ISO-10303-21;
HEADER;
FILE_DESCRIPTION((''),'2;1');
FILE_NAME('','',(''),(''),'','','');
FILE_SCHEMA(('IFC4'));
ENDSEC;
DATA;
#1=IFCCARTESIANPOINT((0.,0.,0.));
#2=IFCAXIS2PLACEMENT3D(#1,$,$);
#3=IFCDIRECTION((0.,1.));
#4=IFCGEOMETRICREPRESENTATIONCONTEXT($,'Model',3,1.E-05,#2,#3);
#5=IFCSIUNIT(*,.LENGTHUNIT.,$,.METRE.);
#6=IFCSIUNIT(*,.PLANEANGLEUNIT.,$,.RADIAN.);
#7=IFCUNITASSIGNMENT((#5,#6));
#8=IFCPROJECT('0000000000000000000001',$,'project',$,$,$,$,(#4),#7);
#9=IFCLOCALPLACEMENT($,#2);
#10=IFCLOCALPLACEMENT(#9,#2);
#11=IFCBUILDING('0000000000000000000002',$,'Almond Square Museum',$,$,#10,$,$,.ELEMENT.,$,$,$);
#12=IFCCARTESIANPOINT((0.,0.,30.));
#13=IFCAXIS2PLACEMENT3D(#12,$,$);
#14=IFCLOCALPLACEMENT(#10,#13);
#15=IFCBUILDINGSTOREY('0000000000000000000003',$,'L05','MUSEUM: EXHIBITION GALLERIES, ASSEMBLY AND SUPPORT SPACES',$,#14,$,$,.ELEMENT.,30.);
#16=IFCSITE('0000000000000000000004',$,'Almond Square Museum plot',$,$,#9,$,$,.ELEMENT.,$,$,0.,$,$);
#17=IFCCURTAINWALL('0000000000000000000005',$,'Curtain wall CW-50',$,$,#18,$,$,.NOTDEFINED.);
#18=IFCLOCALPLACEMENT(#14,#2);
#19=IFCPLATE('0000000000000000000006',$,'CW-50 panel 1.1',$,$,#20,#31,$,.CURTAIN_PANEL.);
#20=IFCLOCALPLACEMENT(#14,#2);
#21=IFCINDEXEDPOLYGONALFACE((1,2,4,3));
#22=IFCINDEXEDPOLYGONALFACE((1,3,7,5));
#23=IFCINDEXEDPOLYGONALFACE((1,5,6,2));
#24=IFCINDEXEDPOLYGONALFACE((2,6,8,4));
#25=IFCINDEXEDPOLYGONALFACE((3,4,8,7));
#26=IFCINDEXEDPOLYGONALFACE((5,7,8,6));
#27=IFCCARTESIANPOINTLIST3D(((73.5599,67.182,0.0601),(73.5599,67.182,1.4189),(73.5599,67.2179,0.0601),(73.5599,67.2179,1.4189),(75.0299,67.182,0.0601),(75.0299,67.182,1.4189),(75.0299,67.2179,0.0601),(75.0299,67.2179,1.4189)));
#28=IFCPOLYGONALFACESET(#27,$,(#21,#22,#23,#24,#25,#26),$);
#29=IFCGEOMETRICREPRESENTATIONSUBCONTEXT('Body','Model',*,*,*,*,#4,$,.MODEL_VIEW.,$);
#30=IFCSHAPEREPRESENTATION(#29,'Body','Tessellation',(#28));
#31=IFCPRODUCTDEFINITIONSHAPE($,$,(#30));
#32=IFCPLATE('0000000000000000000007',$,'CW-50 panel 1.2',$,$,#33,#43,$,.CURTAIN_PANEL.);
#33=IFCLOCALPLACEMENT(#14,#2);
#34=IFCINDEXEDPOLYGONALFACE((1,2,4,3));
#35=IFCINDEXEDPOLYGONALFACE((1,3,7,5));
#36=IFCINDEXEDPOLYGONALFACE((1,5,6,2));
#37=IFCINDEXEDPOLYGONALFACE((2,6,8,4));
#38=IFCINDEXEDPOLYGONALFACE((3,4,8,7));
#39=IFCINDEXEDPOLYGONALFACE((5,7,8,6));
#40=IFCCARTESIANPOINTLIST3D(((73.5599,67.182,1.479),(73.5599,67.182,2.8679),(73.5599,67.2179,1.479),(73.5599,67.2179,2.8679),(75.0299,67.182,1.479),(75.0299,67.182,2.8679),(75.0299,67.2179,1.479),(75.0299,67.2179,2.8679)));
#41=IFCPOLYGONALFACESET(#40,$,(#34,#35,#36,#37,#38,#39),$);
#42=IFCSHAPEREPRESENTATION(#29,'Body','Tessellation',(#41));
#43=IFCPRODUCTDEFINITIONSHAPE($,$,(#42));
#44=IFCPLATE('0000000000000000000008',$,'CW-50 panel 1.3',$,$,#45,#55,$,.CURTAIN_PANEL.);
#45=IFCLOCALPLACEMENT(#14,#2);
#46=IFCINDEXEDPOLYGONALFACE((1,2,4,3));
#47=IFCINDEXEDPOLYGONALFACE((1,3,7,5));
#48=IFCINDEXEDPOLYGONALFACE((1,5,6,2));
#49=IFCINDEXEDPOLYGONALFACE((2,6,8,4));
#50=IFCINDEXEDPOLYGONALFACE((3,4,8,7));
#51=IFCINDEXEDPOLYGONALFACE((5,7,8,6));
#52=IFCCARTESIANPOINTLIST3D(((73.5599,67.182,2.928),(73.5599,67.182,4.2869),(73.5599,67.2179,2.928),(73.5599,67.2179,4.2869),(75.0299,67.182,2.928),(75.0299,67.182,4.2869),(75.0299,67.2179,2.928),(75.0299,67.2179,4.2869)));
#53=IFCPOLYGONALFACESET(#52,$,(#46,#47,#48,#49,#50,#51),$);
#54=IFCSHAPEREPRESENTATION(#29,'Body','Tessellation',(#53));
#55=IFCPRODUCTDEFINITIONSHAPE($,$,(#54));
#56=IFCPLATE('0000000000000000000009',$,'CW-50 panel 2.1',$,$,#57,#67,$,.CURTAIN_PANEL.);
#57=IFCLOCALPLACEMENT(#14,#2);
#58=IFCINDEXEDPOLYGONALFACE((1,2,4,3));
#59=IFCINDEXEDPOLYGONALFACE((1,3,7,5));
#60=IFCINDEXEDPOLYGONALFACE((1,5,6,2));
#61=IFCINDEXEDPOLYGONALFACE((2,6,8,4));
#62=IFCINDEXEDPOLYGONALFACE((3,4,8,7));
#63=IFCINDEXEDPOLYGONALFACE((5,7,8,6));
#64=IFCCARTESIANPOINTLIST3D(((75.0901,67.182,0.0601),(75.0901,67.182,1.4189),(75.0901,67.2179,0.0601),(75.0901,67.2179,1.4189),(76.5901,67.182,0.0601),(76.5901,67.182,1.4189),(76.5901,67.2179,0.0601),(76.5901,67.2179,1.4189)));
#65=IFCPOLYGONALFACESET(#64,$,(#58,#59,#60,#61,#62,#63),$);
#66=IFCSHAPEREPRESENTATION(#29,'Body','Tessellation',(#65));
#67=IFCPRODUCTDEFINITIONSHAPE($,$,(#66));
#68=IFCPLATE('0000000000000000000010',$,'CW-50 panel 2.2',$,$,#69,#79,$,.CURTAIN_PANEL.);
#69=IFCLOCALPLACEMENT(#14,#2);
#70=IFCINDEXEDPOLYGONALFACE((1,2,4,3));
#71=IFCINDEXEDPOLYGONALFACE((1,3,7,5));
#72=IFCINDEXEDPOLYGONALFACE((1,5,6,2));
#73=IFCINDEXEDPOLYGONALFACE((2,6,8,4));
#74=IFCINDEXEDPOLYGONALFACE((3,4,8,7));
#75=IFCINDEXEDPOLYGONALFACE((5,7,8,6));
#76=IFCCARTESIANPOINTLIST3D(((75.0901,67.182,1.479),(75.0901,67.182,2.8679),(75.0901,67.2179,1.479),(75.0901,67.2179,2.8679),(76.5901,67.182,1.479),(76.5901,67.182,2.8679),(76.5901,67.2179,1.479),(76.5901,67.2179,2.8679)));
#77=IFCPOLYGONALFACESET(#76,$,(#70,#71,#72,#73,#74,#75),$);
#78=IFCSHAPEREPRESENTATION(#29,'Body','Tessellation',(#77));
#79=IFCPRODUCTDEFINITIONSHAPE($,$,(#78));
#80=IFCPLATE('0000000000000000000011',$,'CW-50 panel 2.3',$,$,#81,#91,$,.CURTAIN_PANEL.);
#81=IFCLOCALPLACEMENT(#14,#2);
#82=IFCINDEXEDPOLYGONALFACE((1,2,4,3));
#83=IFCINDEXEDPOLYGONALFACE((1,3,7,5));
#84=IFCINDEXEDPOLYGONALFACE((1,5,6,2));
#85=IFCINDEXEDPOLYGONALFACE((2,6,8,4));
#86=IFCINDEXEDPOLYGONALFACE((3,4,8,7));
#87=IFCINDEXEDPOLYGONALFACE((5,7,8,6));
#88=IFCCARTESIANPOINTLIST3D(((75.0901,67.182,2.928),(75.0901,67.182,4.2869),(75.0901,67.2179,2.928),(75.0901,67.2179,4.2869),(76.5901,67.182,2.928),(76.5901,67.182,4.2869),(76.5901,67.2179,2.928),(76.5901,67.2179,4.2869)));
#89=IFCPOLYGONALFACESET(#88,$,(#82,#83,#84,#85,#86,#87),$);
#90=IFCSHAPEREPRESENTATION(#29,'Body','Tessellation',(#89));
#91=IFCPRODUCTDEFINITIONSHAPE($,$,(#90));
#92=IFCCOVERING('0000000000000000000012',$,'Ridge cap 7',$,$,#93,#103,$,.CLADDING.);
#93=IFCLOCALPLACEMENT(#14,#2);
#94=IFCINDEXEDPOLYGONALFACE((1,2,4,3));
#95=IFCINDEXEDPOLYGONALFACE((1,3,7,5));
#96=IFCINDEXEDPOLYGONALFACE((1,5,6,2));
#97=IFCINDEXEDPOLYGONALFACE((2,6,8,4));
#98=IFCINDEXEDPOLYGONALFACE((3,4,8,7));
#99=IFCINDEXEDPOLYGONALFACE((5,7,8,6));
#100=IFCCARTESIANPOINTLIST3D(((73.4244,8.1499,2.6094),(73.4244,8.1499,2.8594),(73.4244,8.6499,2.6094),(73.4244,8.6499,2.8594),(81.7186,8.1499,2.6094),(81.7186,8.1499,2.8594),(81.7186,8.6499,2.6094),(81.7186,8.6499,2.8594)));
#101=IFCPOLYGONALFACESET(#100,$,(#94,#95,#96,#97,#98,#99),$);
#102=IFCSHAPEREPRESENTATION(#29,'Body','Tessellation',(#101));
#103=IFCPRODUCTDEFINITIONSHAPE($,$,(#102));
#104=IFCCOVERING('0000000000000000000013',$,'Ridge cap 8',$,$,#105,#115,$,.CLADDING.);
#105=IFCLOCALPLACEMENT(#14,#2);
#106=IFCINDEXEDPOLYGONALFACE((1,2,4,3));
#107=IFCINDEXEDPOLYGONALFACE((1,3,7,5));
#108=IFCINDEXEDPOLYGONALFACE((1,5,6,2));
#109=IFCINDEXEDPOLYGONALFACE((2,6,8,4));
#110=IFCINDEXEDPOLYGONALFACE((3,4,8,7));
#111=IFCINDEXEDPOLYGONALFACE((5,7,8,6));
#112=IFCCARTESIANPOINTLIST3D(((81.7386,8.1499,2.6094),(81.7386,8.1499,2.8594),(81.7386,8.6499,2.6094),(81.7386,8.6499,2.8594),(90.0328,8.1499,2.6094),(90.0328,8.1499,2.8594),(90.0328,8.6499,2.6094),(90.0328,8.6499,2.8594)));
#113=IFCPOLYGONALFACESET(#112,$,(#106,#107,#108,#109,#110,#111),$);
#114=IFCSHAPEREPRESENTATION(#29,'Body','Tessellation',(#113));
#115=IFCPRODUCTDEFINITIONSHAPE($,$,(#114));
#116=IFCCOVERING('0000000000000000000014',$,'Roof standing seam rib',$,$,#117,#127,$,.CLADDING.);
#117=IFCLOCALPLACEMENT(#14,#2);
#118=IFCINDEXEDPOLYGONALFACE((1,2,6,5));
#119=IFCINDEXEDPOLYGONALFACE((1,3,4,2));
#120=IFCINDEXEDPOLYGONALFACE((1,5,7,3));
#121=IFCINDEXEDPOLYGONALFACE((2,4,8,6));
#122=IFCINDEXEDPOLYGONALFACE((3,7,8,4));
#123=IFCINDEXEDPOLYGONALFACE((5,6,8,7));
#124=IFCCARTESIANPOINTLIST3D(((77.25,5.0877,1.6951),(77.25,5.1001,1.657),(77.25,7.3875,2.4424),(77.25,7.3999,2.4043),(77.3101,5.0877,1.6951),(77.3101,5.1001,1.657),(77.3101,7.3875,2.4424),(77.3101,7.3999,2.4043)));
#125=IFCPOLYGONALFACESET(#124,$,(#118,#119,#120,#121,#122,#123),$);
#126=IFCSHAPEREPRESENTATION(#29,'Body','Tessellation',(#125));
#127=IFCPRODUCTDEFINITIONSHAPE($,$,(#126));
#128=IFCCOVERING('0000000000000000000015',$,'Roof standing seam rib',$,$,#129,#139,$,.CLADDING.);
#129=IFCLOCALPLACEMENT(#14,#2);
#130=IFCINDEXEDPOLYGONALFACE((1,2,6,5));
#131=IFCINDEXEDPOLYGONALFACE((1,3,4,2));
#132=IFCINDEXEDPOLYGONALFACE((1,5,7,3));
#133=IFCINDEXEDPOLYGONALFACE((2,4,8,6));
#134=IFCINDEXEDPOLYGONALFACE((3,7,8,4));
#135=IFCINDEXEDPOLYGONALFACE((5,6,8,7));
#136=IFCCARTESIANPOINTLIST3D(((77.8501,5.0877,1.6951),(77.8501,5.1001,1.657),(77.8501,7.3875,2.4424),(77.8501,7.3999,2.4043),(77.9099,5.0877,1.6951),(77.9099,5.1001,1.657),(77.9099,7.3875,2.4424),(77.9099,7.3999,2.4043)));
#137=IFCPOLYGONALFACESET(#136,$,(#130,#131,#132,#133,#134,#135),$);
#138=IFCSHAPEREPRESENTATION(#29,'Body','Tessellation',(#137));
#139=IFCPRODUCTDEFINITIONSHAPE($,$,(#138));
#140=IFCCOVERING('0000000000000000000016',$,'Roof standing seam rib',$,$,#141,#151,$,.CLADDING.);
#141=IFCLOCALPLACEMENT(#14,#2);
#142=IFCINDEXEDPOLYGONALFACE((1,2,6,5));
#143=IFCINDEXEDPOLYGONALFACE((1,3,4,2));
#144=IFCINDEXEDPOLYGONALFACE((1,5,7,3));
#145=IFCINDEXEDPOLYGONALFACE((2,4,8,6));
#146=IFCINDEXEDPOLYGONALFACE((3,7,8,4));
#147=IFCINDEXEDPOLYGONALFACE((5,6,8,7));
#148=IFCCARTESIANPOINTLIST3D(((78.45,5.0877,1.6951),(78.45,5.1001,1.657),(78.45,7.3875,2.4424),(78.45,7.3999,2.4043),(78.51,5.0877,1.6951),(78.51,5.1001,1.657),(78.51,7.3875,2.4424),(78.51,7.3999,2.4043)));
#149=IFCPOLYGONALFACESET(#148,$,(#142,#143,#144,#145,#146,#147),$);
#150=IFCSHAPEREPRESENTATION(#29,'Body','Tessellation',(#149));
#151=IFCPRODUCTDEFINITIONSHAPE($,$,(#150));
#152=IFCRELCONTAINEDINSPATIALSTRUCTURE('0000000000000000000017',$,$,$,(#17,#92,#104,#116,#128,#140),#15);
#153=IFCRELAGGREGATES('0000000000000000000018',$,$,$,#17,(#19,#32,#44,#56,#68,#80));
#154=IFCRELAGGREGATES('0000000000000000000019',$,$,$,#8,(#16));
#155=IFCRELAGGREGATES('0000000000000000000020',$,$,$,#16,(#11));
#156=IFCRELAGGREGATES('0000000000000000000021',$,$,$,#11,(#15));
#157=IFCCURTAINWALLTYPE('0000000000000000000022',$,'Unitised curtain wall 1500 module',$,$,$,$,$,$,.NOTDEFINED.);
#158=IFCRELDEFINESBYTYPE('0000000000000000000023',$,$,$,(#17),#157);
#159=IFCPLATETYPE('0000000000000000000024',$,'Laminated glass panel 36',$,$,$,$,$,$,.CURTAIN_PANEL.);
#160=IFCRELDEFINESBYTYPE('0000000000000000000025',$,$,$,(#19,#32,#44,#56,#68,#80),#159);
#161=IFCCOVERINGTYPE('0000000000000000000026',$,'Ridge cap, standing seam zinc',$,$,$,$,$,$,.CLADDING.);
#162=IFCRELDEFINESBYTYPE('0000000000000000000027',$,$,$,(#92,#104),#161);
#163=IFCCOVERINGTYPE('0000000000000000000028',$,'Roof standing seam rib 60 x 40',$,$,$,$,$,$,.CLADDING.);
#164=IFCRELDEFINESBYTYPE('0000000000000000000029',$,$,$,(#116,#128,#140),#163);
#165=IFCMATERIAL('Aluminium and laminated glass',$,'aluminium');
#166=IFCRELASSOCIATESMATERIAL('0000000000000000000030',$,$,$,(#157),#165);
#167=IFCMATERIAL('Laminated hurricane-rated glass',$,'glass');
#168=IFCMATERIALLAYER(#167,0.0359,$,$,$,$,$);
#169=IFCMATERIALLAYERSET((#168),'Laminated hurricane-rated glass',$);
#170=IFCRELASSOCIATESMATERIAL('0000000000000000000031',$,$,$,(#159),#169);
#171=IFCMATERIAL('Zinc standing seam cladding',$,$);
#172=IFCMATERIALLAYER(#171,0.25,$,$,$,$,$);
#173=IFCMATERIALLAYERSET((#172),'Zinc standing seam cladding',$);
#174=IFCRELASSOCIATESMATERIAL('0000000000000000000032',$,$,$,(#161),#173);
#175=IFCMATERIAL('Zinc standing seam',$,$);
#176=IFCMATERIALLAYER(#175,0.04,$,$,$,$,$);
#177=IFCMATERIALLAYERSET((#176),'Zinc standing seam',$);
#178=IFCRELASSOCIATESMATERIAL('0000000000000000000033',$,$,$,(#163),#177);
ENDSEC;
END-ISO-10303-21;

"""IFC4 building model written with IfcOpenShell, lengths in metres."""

from ifc_helpers import new_model, si_unit, direction, frame, origin, origin_2d, place, context, subcontext, project, spatial, polyline, rectangle, outline, extrude, material, layer, layer_set, type_object, element, aggregate, save


model = new_model("IFC4")

# Units and contexts
model_context = context("Model", 3, precision=1e-05, world=origin(), true_north=direction((0.0, 1.0)))
body_context = subcontext(model_context, "Body", "Model", "MODEL_VIEW")
ifc_project = project(units=[si_unit("LENGTHUNIT", "METRE"), si_unit("PLANEANGLEUNIT", "RADIAN")], contexts=[model_context])

# Site, building, storey
site_placement = place(None, origin())
site = spatial("IfcSite", under=ifc_project, at=site_placement, Name="Almond Square Museum plot", CompositionType="ELEMENT", RefElevation=0.0)
building_placement = place(site_placement, origin())
building = spatial("IfcBuilding", under=site, at=building_placement, Name="Almond Square Museum", CompositionType="ELEMENT")
storey_placement = place(building_placement, frame((0.0, 0.0, 30.0)))
storey = spatial("IfcBuildingStorey", under=building, at=storey_placement, Name="L05", Description="MUSEUM: EXHIBITION GALLERIES, ASSEMBLY AND SUPPORT SPACES", CompositionType="ELEMENT", Elevation=30.0)

# Curtain wall
ifc_material_1 = material(Name="Aluminium and laminated glass", Category="aluminium")
curtain_wall_type = type_object("IfcCurtainWallType", Name="Unitised curtain wall 1500 module", PredefinedType="NOTDEFINED", material=ifc_material_1)
curtain_wall_placement = place(storey_placement, origin())
curtain_wall = element("IfcCurtainWall", 1, at=curtain_wall_placement, inside=storey, type_object=curtain_wall_type, Name="Curtain wall CW-50", PredefinedType="NOTDEFINED")

# Plates
ifc_material_2 = material(Name="Laminated hurricane-rated glass", Category="glass")
ifc_layer_1 = layer(ifc_material_2, 0.0359)
ifc_layer_set_1 = layer_set([ifc_layer_1], Name="Laminated hurricane-rated glass")
plate_type = type_object("IfcPlateType", Name="Laminated glass panel 36", PredefinedType="CURTAIN_PANEL", material=ifc_layer_set_1)
plate_1_placement = place(storey_placement, frame((74.2949, 67.2, 0.0601), z_axis=(0.0, 0.0, 1.0), x_axis=(1.0, 0.0, 0.0)))
plate_1 = element("IfcPlate", 2, at=plate_1_placement, type_object=plate_type, Name="CW-50 panel 1.1", PredefinedType="CURTAIN_PANEL", context=body_context, shape_type="SweptSolid", body=[
    extrude(rectangle(XDim=1.47, YDim=0.0359, at=origin_2d()), origin(), (0.0, 0.0, 1.0), 1.3589),
])
plate_2_placement = place(storey_placement, frame((74.2949, 67.2, 1.479), z_axis=(0.0, 0.0, 1.0), x_axis=(1.0, 0.0, 0.0)))
plate_2 = element("IfcPlate", 3, at=plate_2_placement, type_object=plate_type, Name="CW-50 panel 1.2", PredefinedType="CURTAIN_PANEL", context=body_context, shape_type="SweptSolid", body=[
    extrude(rectangle(XDim=1.47, YDim=0.0359, at=origin_2d()), origin(), (0.0, 0.0, 1.0), 1.3889),
])
plate_3_placement = place(storey_placement, frame((74.2949, 67.2, 2.928), z_axis=(0.0, 0.0, 1.0), x_axis=(1.0, 0.0, 0.0)))
plate_3 = element("IfcPlate", 4, at=plate_3_placement, type_object=plate_type, Name="CW-50 panel 1.3", PredefinedType="CURTAIN_PANEL", context=body_context, shape_type="SweptSolid", body=[
    extrude(rectangle(XDim=1.47, YDim=0.0359, at=origin_2d()), origin(), (0.0, 0.0, 1.0), 1.3589),
])
plate_4_placement = place(storey_placement, frame((75.8401, 67.2, 0.0601), z_axis=(0.0, 0.0, 1.0), x_axis=(1.0, 0.0, 0.0)))
plate_4 = element("IfcPlate", 5, at=plate_4_placement, type_object=plate_type, Name="CW-50 panel 2.1", PredefinedType="CURTAIN_PANEL", context=body_context, shape_type="SweptSolid", body=[
    extrude(rectangle(XDim=1.5, YDim=0.0359, at=origin_2d()), origin(), (0.0, 0.0, 1.0), 1.3589),
])
plate_5_placement = place(storey_placement, frame((75.8401, 67.2, 1.479), z_axis=(0.0, 0.0, 1.0), x_axis=(1.0, 0.0, 0.0)))
plate_5 = element("IfcPlate", 6, at=plate_5_placement, type_object=plate_type, Name="CW-50 panel 2.2", PredefinedType="CURTAIN_PANEL", context=body_context, shape_type="SweptSolid", body=[
    extrude(rectangle(XDim=1.5, YDim=0.0359, at=origin_2d()), origin(), (0.0, 0.0, 1.0), 1.3889),
])
plate_6_placement = place(storey_placement, frame((75.8401, 67.2, 2.928), z_axis=(0.0, 0.0, 1.0), x_axis=(1.0, 0.0, 0.0)))
plate_6 = element("IfcPlate", 7, at=plate_6_placement, type_object=plate_type, Name="CW-50 panel 2.3", PredefinedType="CURTAIN_PANEL", context=body_context, shape_type="SweptSolid", body=[
    extrude(rectangle(XDim=1.5, YDim=0.0359, at=origin_2d()), origin(), (0.0, 0.0, 1.0), 1.3589),
])
aggregate(curtain_wall, [plate_1, plate_2, plate_3, plate_4, plate_5, plate_6])

# Coverings
ifc_material_3 = material(Name="Zinc standing seam cladding")
ifc_layer_2 = layer(ifc_material_3, 0.25)
ifc_layer_set_2 = layer_set([ifc_layer_2], Name="Zinc standing seam cladding")
covering_type_1 = type_object("IfcCoveringType", Name="Ridge cap, standing seam zinc", PredefinedType="CLADDING", material=ifc_layer_set_2)
for number, where, z_axis, x_axis, name in (
    (8, (77.5715, 8.3999, 2.6094), (0.0, 0.0, 1.0), (1.0, 0.0, 0.0), "Ridge cap 7"),
    (9, (85.8857, 8.3999, 2.6094), (0.0, 0.0, 1.0), (1.0, 0.0, 0.0), "Ridge cap 8"),
):
    element("IfcCovering", number, at=place(storey_placement, frame(where, z_axis=z_axis, x_axis=x_axis)), inside=storey, type_object=covering_type_1, Name=name, PredefinedType="CLADDING", context=body_context, shape_type="SweptSolid", body=[
        extrude(rectangle(XDim=8.2942, YDim=0.5, at=origin_2d()), origin(), (0.0, 0.0, 1.0), 0.25),
    ])
ifc_material_4 = material(Name="Zinc standing seam")
ifc_layer_3 = layer(ifc_material_4, 0.04)
ifc_layer_set_3 = layer_set([ifc_layer_3], Name="Zinc standing seam")
covering_type_2 = type_object("IfcCoveringType", Name="Roof standing seam rib 60 x 40", PredefinedType="CLADDING", material=ifc_layer_set_3)
covering_1_placement = place(storey_placement, frame((77.3101, 7.3999, 2.4043), z_axis=(0.0, -0.30904, 0.951049), x_axis=(-1.0, 0.0, 0.0)))
element("IfcCovering", 10, at=covering_1_placement, inside=storey, type_object=covering_type_2, Name="Roof standing seam rib", PredefinedType="CLADDING", context=body_context, shape_type="SweptSolid", body=[
    extrude(outline(polyline([(0.0, 0.0), (0.0601, 0.0), (0.0601, 2.4182), (0.0, 2.4182), (0.0, 0.0)])), origin(), (0.0, 0.0, 1.0), 0.04),
])
covering_2_placement = place(storey_placement, frame((77.9099, 7.3999, 2.4043), z_axis=(0.0, -0.30904, 0.951049), x_axis=(-1.0, 0.0, 0.0)))
element("IfcCovering", 11, at=covering_2_placement, inside=storey, type_object=covering_type_2, Name="Roof standing seam rib", PredefinedType="CLADDING", context=body_context, shape_type="SweptSolid", body=[
    extrude(outline(polyline([(0.0, 0.0), (0.0598, 0.0), (0.0598, 2.4182), (0.0, 2.4182), (0.0, 0.0)])), origin(), (0.0, 0.0, 1.0), 0.04),
])
covering_3_placement = place(storey_placement, frame((78.51, 7.3999, 2.4043), z_axis=(0.0, -0.30904, 0.951049), x_axis=(-1.0, 0.0, 0.0)))
element("IfcCovering", 12, at=covering_3_placement, inside=storey, type_object=covering_type_2, Name="Roof standing seam rib", PredefinedType="CLADDING", context=body_context, shape_type="SweptSolid", body=[
    extrude(outline(polyline([(0.0, 0.0), (0.0601, 0.0), (0.0601, 2.4182), (0.0, 2.4182), (0.0, 0.0)])), origin(), (0.0, 0.0, 1.0), 0.04),
])

save(model, "model.ifc")
